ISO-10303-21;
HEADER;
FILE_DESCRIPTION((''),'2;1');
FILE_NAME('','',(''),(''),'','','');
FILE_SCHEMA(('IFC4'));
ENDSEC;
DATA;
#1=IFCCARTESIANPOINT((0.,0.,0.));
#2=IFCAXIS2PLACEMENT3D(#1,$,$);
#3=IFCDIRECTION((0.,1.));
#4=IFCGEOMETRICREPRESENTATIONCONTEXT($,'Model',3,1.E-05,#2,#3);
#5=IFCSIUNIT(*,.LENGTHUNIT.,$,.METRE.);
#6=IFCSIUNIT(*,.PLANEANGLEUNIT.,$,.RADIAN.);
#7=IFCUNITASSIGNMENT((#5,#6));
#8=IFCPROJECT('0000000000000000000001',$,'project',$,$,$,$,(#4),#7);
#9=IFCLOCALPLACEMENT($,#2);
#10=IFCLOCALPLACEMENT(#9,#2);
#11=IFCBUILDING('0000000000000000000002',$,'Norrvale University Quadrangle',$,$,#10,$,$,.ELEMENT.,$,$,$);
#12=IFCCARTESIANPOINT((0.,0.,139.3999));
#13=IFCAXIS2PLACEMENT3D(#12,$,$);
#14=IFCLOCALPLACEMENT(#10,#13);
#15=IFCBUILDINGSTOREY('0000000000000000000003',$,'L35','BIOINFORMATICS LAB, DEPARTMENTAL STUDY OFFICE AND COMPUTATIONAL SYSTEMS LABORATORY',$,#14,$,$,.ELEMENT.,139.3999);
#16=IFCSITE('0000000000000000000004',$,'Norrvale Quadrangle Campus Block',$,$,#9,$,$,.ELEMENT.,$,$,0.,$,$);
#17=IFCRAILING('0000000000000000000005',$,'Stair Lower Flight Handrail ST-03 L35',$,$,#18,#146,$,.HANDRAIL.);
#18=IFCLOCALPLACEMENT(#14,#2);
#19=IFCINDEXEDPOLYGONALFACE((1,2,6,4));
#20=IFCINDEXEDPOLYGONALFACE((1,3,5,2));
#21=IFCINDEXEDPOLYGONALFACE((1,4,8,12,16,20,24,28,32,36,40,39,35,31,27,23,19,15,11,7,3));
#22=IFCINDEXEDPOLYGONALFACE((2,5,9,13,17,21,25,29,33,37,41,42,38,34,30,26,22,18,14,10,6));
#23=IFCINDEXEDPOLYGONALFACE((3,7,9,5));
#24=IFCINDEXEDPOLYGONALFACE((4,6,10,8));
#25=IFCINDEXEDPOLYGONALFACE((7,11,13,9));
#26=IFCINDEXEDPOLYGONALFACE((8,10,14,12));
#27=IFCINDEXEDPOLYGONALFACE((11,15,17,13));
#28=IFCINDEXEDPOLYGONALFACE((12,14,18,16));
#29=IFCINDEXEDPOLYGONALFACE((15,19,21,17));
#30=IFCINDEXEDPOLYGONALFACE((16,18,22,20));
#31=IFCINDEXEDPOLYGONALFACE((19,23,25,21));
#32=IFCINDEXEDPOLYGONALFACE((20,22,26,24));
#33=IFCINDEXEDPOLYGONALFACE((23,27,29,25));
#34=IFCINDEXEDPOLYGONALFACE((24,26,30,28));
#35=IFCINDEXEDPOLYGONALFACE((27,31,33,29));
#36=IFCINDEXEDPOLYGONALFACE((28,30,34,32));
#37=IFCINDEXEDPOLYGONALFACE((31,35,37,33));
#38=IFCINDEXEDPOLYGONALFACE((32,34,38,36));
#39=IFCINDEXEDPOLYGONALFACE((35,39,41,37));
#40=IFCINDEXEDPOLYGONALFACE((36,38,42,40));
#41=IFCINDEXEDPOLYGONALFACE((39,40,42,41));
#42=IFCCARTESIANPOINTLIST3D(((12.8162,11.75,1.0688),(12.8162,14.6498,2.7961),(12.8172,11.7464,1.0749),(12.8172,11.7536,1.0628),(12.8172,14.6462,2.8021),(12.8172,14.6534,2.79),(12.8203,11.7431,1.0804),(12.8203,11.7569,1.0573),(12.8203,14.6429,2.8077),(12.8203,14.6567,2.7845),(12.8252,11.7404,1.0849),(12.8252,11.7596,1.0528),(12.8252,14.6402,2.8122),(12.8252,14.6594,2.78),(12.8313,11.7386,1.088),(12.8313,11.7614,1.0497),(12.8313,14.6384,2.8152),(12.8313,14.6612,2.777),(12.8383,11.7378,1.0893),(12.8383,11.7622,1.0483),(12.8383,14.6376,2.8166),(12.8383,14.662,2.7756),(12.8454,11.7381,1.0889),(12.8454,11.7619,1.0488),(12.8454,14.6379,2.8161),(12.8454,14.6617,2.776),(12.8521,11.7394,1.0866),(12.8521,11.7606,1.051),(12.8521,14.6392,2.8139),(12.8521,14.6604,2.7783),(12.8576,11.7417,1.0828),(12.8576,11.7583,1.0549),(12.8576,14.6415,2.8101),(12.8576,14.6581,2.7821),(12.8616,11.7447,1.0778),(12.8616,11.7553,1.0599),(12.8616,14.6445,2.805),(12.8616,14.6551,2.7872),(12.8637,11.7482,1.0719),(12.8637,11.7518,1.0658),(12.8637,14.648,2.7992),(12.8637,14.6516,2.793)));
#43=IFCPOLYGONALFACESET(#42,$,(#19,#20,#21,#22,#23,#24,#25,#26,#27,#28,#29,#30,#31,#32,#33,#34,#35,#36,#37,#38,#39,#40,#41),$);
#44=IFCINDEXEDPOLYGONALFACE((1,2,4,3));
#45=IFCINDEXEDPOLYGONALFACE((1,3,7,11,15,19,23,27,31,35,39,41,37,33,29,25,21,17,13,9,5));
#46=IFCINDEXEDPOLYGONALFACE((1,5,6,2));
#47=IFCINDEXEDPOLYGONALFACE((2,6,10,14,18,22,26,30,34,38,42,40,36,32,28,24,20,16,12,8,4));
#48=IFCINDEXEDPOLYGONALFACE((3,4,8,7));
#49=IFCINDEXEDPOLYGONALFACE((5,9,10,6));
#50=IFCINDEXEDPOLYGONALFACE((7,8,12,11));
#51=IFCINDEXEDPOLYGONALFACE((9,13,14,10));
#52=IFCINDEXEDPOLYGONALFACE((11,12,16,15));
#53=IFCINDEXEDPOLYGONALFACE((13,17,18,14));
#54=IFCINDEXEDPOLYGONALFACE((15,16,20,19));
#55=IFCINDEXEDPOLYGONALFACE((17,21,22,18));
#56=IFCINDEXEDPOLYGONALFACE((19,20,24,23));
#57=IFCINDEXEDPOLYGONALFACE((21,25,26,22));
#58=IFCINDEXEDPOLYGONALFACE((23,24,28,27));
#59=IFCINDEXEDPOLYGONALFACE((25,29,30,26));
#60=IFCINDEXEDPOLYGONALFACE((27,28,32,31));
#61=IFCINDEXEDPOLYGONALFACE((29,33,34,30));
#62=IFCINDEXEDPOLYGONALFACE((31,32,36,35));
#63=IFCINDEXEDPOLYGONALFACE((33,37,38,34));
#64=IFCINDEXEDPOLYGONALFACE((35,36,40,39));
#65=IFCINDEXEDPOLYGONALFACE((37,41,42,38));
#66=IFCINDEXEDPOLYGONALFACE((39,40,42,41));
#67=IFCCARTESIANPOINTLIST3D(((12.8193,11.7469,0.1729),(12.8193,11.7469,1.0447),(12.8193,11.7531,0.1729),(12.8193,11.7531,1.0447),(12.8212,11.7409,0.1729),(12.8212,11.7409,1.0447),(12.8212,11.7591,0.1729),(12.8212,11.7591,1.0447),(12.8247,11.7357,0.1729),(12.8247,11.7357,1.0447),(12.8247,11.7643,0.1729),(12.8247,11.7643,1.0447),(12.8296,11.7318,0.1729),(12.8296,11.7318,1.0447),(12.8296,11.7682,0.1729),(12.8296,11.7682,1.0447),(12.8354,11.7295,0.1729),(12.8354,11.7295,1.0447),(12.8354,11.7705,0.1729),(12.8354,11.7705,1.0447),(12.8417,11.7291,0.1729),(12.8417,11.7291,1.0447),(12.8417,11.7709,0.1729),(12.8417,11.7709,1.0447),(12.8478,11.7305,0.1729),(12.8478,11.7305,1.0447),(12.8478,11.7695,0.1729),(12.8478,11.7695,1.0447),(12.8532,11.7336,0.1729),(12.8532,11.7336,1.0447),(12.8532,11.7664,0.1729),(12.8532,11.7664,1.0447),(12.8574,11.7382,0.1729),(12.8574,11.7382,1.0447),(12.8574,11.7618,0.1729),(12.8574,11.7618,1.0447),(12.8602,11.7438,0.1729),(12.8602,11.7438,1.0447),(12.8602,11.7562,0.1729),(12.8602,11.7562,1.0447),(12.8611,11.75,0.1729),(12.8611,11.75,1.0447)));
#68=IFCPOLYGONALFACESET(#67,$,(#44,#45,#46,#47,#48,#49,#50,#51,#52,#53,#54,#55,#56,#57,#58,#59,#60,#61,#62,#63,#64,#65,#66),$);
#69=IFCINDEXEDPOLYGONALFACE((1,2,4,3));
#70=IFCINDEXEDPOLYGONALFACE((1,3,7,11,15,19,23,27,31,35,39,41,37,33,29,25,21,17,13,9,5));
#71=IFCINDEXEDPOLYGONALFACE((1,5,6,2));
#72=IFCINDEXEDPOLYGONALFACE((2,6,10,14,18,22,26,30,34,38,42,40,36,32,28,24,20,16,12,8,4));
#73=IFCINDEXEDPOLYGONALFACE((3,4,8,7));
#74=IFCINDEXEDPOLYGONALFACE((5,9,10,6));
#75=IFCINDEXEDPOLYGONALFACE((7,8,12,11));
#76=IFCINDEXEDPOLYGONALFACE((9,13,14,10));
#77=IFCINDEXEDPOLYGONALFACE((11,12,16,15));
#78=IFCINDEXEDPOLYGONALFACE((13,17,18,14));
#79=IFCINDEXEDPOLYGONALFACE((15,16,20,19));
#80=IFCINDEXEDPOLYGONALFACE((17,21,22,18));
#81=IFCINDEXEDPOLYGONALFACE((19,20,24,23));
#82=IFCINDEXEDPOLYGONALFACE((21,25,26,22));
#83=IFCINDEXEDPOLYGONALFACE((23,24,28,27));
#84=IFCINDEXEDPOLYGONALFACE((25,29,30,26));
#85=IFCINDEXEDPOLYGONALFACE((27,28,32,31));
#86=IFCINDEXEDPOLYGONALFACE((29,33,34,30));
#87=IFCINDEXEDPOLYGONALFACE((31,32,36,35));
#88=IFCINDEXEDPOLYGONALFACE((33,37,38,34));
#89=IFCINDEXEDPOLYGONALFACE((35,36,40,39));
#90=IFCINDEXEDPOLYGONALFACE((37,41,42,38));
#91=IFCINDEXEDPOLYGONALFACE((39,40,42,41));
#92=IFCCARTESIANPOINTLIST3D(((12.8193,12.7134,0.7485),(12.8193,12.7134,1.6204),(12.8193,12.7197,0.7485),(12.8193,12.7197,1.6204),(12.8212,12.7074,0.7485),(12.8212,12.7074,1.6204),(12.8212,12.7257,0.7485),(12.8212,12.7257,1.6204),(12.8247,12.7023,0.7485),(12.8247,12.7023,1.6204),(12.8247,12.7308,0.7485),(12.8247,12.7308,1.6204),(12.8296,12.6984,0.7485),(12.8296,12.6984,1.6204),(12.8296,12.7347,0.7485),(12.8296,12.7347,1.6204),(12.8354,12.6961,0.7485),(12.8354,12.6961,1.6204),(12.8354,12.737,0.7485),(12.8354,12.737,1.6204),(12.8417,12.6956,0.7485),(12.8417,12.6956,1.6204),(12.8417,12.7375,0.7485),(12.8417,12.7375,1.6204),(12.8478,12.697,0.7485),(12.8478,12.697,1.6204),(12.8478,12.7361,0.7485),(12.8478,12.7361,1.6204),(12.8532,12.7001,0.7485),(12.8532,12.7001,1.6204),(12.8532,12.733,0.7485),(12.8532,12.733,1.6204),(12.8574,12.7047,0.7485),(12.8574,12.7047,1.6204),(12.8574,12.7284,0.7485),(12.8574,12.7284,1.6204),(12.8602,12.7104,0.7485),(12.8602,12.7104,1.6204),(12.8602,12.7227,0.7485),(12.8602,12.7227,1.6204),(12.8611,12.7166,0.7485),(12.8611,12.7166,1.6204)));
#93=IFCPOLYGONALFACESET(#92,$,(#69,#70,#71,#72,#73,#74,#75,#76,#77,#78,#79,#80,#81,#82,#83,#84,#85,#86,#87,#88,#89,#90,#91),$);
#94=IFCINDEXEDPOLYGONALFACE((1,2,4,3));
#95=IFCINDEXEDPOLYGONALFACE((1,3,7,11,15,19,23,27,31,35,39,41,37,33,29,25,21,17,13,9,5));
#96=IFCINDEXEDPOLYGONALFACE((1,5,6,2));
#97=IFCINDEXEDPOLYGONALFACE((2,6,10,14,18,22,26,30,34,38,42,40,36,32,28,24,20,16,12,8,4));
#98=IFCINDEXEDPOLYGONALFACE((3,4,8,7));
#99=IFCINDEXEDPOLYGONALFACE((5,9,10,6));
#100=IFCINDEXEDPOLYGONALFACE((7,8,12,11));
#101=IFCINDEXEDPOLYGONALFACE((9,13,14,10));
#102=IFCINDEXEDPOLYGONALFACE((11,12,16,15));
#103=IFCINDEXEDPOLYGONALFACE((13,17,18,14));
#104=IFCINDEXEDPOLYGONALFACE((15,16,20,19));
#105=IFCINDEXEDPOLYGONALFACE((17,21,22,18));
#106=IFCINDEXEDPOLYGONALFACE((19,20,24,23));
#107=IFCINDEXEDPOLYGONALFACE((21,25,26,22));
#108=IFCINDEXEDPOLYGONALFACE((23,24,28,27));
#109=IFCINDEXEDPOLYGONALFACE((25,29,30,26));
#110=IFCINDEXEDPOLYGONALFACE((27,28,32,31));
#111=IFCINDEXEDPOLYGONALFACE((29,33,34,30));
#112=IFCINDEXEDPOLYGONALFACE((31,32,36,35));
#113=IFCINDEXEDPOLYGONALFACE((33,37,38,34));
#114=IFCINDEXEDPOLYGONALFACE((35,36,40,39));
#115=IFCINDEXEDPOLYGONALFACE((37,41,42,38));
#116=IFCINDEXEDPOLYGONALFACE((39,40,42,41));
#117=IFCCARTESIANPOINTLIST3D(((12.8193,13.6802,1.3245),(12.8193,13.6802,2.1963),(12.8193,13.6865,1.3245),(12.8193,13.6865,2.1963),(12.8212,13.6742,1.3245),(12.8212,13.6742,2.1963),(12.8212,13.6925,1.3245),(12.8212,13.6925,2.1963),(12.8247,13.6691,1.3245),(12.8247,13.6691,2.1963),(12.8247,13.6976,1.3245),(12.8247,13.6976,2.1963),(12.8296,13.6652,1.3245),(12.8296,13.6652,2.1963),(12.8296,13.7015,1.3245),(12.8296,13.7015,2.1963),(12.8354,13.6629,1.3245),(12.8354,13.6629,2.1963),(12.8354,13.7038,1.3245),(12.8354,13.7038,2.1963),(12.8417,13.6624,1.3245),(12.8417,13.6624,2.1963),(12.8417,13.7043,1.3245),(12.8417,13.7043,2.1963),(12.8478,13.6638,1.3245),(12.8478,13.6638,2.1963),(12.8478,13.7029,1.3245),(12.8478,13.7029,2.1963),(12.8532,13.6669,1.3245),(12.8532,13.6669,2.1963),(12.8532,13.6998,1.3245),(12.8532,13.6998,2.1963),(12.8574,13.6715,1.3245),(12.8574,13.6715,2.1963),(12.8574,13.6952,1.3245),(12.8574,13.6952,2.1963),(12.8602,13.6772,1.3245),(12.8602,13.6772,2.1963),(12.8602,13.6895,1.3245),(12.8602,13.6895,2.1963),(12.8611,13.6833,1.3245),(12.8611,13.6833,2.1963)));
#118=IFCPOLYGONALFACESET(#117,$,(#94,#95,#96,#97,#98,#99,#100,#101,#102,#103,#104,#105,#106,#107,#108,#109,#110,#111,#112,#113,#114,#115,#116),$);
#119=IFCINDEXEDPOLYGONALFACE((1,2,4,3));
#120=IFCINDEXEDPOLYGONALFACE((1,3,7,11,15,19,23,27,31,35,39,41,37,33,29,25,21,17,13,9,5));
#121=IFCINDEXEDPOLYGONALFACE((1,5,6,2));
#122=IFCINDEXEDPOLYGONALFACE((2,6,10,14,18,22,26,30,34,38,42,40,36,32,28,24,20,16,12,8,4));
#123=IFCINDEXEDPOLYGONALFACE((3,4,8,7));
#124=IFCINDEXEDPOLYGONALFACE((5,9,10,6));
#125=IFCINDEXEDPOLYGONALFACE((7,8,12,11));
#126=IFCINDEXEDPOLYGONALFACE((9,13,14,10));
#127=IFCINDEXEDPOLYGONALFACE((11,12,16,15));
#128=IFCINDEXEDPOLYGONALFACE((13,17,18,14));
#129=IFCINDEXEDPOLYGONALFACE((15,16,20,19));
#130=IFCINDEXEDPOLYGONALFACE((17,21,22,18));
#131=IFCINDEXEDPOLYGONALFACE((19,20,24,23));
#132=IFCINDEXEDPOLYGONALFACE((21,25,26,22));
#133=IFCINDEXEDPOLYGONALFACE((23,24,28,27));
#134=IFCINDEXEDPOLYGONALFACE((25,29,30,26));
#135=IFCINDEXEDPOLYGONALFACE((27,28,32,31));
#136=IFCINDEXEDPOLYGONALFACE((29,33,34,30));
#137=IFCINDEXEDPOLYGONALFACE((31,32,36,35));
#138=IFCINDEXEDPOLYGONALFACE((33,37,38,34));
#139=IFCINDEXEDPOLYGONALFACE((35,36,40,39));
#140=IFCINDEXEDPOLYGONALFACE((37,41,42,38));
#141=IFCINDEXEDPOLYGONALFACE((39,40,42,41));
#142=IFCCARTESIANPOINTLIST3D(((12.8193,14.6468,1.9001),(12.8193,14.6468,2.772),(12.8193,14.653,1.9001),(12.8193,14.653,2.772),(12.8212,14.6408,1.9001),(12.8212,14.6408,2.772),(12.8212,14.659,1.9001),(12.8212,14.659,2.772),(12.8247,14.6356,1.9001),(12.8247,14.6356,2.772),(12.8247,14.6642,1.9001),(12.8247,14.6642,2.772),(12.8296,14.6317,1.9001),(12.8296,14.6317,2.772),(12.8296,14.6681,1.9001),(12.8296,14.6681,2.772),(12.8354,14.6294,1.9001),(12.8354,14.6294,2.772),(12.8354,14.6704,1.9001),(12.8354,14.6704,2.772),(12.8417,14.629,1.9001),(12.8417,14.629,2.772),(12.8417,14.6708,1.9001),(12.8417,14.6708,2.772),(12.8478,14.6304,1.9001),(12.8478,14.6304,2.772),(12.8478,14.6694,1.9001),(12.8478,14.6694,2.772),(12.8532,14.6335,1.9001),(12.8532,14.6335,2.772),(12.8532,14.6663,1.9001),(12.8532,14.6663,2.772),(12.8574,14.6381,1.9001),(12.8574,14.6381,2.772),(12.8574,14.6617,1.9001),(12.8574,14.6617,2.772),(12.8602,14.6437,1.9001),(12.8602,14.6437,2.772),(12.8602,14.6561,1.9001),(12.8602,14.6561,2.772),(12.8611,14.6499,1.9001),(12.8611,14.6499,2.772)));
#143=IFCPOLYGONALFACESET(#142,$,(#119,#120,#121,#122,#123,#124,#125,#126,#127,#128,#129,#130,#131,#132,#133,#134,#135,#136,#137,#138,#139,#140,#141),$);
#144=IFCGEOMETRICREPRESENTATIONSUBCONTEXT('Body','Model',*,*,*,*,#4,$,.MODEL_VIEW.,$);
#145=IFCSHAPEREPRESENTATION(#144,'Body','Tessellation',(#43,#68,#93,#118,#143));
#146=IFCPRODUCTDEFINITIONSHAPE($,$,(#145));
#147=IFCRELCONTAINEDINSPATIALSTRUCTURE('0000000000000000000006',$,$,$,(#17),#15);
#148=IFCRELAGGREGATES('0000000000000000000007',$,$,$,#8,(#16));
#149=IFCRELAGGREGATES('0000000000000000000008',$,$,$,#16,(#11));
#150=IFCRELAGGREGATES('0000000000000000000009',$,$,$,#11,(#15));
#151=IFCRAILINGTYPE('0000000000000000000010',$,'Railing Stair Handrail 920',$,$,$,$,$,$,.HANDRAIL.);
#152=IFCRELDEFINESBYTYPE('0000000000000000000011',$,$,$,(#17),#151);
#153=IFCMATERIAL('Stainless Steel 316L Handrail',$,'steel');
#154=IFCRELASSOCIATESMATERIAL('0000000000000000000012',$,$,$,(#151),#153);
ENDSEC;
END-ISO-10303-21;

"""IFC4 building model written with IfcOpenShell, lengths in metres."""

from ifc_helpers import new_model, si_unit, direction, frame, origin, origin_2d, place, context, subcontext, project, spatial, circle, extrude, material, type_object, element, save


model = new_model("IFC4")

# Units and contexts
model_context = context("Model", 3, precision=1e-05, world=origin(), true_north=direction((0.0, 1.0)))
body_context = subcontext(model_context, "Body", "Model", "MODEL_VIEW")
ifc_project = project(units=[si_unit("LENGTHUNIT", "METRE"), si_unit("PLANEANGLEUNIT", "RADIAN")], contexts=[model_context])

# Site, building, storey
site_placement = place(None, origin())
site = spatial("IfcSite", under=ifc_project, at=site_placement, Name="Norrvale Quadrangle Campus Block", CompositionType="ELEMENT", RefElevation=0.0)
building_placement = place(site_placement, origin())
building = spatial("IfcBuilding", under=site, at=building_placement, Name="Norrvale University Quadrangle", CompositionType="ELEMENT")
storey_placement = place(building_placement, frame((0.0, 0.0, 139.3999)))
storey = spatial("IfcBuildingStorey", under=building, at=storey_placement, Name="L35", Description="BIOINFORMATICS LAB, DEPARTMENTAL STUDY OFFICE AND COMPUTATIONAL SYSTEMS LABORATORY", CompositionType="ELEMENT", Elevation=139.3999)

# Railing
ifc_material_1 = material(Name="Stainless Steel 316L Handrail", Category="steel")
railing_type_1 = type_object("IfcRailingType", Name="Railing Stair Handrail 920", PredefinedType="HANDRAIL", material=ifc_material_1)
railing_1_placement = place(storey_placement, frame((12.8401, 11.75, 0.1729)))
element("IfcRailing", 1, at=railing_1_placement, inside=storey, type_object=railing_type_1, Name="Stair Lower Flight Handrail ST-03 L35", PredefinedType="HANDRAIL", context=body_context, shape_type="SweptSolid", body=[
    extrude(circle(Radius=0.0239, at=origin_2d()), frame((0.0, 0.0, 0.896), z_axis=(0.0, 0.859141, 0.511738), x_axis=(-1.0, 0.0, 0.0)), (0.0, 0.0, 1.0), 3.3752),
    extrude(circle(Radius=0.021, at=origin_2d()), origin(), (0.0, 0.0, 1.0), 0.8718),
    extrude(circle(Radius=0.021, at=origin_2d()), frame((0.0, 0.9666, 0.5757)), (0.0, 0.0, 1.0), 0.8718),
    extrude(circle(Radius=0.021, at=origin_2d()), frame((0.0, 1.9333, 1.1516)), (0.0, 0.0, 1.0), 0.8718),
    extrude(circle(Radius=0.021, at=origin_2d()), frame((0.0, 2.8999, 1.7273)), (0.0, 0.0, 1.0), 0.8718),
])

save(model, "model.ifc")
